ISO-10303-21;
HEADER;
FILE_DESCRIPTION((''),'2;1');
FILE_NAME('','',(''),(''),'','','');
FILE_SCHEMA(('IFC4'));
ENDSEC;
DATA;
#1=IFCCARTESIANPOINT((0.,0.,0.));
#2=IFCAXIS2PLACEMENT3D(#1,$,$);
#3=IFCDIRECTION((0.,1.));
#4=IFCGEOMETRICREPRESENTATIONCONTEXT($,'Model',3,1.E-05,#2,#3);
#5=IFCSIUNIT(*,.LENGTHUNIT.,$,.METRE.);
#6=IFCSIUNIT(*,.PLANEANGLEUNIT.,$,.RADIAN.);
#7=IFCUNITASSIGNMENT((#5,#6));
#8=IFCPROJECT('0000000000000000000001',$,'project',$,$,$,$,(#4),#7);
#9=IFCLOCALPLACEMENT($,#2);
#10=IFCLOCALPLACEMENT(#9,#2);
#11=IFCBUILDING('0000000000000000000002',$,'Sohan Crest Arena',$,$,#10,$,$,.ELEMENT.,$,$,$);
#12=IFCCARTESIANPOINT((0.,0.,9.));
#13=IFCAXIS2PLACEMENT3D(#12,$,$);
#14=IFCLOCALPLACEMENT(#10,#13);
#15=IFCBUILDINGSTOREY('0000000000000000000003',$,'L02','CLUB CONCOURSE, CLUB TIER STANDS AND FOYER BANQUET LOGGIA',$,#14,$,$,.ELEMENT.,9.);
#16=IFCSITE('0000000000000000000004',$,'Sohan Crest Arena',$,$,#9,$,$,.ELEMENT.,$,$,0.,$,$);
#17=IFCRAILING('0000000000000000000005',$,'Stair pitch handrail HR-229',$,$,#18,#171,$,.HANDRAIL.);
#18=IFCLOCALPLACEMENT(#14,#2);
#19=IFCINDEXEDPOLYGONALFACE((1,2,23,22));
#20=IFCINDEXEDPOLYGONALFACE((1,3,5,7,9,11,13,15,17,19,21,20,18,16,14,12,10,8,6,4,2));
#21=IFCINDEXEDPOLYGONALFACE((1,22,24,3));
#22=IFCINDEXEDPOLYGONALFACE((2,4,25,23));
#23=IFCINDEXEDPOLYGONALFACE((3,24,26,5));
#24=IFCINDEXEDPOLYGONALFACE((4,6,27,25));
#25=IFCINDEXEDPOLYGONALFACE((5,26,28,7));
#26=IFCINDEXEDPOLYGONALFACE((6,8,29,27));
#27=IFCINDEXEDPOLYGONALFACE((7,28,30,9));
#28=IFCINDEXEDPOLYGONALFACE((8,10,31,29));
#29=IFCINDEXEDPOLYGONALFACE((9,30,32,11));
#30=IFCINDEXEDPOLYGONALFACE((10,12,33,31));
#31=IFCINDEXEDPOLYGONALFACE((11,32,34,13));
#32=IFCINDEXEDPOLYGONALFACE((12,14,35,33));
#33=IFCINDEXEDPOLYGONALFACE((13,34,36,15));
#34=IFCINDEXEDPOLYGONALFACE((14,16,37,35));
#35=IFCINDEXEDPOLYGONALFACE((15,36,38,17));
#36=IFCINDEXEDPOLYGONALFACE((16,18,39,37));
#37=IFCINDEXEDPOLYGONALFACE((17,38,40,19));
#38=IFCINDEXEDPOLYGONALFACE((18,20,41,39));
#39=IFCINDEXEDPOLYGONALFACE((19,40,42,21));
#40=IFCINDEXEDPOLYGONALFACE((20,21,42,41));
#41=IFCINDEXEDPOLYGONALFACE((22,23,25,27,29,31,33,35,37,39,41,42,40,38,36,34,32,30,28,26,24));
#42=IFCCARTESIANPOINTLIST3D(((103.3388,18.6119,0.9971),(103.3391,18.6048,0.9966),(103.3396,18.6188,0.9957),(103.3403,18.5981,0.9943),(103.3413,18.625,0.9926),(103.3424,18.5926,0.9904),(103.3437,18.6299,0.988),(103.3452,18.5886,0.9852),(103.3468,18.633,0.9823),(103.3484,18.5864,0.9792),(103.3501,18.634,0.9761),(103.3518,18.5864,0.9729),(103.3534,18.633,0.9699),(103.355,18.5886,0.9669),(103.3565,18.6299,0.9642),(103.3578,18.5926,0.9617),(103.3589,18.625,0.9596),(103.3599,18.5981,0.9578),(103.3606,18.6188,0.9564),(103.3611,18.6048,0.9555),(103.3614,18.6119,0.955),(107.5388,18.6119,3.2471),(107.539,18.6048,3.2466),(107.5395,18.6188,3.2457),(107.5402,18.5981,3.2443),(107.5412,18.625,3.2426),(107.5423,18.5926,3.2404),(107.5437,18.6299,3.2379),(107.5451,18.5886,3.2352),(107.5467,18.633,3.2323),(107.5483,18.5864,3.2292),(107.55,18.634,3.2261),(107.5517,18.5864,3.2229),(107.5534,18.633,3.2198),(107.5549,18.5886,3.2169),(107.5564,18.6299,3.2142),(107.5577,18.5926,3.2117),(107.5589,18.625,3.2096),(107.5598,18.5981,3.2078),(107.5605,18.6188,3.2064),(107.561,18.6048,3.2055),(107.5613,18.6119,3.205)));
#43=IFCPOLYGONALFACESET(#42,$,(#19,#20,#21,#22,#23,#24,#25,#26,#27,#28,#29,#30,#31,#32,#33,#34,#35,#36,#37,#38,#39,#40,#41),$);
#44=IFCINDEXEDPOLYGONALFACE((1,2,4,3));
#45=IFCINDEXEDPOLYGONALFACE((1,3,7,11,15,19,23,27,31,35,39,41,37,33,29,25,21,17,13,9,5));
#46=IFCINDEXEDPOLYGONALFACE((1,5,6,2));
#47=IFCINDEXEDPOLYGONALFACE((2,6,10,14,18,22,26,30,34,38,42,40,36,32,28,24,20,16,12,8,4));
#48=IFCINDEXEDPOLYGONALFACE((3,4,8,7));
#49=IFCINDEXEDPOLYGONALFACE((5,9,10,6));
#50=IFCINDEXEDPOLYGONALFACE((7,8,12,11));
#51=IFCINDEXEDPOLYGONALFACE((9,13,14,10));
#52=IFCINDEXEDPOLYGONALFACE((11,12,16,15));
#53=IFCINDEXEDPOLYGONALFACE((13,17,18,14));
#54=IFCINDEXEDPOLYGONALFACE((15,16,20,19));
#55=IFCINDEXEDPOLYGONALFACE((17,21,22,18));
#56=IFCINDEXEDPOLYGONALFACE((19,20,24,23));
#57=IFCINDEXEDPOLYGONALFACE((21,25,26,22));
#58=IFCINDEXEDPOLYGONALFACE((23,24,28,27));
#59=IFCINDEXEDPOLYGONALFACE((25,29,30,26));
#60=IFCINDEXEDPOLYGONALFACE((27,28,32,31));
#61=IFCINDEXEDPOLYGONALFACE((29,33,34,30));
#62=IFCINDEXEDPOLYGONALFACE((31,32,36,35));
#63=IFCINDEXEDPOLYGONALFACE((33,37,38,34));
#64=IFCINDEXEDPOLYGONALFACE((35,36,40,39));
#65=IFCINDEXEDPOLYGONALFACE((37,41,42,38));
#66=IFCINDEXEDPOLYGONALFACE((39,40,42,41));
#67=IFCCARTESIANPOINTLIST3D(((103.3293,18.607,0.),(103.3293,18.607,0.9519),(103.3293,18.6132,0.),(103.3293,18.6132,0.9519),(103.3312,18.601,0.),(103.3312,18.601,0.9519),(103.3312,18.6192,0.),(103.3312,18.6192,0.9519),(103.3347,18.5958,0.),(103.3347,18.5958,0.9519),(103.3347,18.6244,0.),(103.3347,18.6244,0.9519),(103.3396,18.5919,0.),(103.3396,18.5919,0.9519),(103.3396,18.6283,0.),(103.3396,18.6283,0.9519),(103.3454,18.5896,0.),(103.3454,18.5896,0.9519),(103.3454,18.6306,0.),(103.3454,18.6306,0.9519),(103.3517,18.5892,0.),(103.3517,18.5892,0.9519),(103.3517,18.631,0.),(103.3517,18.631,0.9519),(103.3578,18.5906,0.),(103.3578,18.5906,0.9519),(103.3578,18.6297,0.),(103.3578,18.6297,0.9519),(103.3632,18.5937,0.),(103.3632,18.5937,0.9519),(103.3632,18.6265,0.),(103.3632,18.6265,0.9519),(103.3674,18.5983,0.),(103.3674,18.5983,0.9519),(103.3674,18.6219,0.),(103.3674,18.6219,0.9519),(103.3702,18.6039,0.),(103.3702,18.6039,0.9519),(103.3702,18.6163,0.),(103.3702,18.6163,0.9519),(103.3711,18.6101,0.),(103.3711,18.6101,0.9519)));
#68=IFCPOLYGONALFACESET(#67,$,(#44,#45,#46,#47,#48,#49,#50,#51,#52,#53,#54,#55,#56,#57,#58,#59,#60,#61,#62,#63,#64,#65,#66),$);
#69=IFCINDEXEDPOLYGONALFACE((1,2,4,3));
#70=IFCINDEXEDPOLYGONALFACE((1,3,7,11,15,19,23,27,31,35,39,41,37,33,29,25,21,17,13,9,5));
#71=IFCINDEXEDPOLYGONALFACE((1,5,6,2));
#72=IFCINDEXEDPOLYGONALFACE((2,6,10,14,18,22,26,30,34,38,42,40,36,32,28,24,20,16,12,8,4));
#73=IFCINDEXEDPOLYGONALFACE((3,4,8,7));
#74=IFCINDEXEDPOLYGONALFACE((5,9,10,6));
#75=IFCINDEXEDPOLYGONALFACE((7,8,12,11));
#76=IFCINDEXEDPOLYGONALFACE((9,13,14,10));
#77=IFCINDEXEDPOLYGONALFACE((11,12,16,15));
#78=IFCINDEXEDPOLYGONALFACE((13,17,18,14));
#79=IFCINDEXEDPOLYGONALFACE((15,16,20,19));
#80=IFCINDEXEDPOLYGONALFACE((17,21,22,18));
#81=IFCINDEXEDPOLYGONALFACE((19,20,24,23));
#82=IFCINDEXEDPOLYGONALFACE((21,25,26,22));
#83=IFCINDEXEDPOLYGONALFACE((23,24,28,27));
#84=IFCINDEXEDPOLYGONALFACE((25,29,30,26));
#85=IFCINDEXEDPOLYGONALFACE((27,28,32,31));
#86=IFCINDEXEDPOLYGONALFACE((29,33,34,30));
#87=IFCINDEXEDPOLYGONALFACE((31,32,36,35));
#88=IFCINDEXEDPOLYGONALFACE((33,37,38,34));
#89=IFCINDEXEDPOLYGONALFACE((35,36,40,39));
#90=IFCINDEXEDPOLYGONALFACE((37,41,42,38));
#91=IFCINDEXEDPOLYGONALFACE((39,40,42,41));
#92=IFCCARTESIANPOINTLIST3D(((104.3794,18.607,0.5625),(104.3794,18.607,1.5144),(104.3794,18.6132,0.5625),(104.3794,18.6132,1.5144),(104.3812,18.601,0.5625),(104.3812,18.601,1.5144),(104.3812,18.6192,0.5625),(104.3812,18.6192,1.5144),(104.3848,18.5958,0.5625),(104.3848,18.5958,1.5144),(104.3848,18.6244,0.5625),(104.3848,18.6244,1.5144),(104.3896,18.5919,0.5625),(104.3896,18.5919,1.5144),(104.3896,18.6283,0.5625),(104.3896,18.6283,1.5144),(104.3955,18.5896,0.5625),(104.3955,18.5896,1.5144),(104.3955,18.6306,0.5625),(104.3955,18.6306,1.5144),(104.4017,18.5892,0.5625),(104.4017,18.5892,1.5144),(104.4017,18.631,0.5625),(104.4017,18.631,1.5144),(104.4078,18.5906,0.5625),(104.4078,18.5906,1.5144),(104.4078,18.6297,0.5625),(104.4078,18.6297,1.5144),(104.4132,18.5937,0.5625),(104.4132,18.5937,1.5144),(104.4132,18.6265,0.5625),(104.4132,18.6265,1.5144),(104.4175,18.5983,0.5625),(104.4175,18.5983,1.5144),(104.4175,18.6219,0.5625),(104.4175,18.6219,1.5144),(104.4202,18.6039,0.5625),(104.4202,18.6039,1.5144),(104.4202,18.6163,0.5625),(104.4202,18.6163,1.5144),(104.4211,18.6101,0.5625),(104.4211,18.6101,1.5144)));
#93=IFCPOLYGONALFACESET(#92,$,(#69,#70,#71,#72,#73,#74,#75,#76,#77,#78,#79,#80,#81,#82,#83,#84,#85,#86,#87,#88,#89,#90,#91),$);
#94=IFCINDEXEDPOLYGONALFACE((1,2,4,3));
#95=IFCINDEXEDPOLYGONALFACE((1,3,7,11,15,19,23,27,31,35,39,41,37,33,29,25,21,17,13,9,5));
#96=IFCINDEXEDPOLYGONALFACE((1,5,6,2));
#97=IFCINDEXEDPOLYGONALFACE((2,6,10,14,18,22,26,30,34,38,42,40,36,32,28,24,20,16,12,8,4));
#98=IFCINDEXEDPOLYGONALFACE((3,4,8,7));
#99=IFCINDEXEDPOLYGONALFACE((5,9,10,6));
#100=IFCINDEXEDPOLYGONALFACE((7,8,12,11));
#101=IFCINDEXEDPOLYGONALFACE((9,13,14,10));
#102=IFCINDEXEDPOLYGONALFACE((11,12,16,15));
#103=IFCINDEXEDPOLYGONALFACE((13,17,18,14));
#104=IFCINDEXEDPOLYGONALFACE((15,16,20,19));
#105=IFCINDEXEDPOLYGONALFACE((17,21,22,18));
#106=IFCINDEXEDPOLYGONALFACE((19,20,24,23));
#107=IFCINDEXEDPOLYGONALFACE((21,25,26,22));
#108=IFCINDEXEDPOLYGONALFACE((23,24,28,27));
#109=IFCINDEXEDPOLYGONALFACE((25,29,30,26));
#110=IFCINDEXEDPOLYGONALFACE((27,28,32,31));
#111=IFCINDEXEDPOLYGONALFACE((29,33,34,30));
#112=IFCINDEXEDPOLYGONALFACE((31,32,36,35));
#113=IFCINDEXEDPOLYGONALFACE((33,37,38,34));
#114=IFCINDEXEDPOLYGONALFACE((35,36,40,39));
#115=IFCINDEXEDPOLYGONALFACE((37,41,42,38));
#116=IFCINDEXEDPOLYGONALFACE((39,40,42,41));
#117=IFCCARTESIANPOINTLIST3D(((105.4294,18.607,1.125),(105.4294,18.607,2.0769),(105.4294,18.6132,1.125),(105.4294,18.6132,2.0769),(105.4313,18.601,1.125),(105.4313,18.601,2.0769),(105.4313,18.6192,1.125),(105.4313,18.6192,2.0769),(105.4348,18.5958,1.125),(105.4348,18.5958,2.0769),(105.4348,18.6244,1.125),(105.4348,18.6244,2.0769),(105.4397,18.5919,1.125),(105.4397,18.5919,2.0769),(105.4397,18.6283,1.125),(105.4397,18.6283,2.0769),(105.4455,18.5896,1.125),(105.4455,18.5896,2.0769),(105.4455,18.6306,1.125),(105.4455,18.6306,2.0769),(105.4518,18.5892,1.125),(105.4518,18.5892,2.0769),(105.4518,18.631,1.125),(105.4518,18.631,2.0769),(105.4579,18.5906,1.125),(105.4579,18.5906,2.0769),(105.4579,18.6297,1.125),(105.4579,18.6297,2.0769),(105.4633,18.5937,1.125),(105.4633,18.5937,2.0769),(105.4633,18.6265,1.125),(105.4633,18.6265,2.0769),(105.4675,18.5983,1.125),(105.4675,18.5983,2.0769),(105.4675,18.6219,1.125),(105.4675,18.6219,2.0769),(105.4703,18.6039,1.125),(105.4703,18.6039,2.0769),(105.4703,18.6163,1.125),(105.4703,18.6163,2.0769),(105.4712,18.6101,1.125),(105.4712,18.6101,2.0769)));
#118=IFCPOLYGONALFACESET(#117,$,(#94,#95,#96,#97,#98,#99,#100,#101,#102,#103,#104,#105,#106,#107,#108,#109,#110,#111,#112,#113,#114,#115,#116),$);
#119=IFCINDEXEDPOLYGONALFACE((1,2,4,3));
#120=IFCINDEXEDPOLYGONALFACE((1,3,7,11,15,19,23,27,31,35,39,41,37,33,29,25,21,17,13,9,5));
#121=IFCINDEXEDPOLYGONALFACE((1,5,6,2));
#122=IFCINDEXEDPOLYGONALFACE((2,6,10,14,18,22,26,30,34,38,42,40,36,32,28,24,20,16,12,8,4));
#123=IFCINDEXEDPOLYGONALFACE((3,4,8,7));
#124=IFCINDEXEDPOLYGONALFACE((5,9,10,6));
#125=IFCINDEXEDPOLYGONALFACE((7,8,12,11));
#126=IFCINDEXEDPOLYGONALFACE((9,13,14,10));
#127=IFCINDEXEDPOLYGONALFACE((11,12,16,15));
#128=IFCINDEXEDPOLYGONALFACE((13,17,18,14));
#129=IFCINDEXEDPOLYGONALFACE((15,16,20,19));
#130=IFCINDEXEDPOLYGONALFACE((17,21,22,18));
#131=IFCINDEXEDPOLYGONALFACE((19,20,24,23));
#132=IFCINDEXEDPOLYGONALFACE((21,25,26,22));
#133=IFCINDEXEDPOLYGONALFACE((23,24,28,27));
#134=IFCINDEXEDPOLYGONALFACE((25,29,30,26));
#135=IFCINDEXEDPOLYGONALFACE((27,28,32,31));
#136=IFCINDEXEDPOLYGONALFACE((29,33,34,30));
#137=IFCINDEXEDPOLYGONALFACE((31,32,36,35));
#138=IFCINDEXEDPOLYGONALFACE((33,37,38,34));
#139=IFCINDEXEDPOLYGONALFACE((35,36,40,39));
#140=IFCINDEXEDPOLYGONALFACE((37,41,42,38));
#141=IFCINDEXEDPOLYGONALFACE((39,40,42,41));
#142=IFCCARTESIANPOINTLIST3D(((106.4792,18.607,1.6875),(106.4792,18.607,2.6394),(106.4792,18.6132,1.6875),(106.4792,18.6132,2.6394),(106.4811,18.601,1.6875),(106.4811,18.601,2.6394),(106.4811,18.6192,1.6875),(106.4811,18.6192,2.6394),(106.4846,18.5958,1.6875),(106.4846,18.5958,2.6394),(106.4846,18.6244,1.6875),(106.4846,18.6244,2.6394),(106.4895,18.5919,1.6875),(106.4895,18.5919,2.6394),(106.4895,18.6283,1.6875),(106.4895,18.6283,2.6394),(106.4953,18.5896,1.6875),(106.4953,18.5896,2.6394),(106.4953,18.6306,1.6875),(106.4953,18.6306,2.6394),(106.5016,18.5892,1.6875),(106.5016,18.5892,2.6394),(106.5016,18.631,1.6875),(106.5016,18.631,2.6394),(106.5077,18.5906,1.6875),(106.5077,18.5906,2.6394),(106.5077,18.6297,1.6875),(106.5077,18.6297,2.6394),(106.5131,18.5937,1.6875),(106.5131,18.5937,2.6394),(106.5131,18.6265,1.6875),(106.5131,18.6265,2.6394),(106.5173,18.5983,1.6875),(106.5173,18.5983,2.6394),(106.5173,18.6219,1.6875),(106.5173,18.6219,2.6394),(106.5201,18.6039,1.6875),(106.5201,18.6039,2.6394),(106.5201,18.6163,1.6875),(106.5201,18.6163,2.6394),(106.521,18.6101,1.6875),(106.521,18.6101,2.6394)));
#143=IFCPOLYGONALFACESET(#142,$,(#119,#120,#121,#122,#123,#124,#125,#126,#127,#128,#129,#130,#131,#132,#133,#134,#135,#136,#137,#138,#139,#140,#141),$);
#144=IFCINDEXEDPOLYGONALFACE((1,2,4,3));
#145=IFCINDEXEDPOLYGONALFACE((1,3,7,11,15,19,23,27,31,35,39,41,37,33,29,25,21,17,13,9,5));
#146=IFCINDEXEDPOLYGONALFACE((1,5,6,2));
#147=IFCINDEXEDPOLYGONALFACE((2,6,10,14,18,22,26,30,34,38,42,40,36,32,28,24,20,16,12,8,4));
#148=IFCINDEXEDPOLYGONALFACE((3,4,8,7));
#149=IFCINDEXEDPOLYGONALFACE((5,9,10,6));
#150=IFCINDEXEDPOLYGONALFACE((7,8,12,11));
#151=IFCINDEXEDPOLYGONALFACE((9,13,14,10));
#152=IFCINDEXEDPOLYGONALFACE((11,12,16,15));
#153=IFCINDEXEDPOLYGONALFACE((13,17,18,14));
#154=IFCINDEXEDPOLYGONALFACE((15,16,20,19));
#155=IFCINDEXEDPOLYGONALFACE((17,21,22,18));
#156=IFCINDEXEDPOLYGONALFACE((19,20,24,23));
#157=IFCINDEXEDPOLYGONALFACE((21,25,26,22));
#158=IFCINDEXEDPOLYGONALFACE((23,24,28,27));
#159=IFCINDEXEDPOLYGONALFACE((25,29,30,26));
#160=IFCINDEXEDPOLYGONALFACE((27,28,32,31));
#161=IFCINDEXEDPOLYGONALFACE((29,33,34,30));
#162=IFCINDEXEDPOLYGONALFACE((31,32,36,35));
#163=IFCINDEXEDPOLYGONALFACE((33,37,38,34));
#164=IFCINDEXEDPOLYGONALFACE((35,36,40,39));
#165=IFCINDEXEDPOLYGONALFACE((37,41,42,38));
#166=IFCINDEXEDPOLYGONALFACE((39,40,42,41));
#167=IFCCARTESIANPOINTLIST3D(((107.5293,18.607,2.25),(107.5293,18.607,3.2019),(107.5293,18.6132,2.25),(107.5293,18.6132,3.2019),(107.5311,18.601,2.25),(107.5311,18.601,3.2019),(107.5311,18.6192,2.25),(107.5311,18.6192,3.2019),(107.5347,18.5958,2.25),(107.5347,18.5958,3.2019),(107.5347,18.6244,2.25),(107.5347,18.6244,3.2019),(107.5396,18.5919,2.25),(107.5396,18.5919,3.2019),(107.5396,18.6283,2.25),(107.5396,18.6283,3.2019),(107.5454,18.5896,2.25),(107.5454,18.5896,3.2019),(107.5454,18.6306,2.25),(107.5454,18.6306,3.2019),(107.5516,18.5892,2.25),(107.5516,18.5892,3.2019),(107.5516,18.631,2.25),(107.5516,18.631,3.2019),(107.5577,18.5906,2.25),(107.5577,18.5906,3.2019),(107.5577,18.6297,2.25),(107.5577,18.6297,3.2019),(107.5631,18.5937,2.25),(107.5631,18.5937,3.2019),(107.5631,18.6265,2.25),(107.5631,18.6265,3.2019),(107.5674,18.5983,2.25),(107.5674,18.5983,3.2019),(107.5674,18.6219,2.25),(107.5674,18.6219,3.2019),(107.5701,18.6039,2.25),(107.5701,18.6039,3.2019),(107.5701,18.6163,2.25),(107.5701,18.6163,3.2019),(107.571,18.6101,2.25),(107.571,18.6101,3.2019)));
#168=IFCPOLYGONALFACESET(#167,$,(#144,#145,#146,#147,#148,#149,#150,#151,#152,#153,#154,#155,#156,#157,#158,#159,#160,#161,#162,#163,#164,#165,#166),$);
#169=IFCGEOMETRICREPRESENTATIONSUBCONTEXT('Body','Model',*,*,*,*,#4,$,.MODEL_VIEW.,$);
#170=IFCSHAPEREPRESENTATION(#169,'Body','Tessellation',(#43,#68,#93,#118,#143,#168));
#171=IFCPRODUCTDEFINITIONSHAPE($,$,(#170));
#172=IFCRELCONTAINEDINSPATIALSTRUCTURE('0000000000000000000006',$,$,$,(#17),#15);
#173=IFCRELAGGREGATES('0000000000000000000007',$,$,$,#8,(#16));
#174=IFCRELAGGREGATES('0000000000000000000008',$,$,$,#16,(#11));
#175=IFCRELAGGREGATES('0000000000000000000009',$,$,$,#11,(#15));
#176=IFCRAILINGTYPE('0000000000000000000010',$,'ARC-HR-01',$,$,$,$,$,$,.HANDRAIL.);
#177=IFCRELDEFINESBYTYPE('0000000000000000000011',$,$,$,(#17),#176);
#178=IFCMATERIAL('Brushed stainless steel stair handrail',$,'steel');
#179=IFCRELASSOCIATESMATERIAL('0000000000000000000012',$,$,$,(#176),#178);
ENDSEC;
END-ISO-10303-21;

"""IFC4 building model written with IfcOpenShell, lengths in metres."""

from ifc_helpers import new_model, si_unit, direction, frame, origin, origin_2d, place, context, subcontext, project, spatial, circle, extrude, material, type_object, element, save


model = new_model("IFC4")

# Units and contexts
model_context = context("Model", 3, precision=1e-05, world=origin(), true_north=direction((0.0, 1.0)))
body_context = subcontext(model_context, "Body", "Model", "MODEL_VIEW")
ifc_project = project(units=[si_unit("LENGTHUNIT", "METRE"), si_unit("PLANEANGLEUNIT", "RADIAN")], contexts=[model_context])

# Site, building, storey
site_placement = place(None, origin())
site = spatial("IfcSite", under=ifc_project, at=site_placement, Name="Sohan Crest Arena", CompositionType="ELEMENT", RefElevation=0.0)
building_placement = place(site_placement, origin())
building = spatial("IfcBuilding", under=site, at=building_placement, Name="Sohan Crest Arena", CompositionType="ELEMENT")
storey_placement = place(building_placement, frame((0.0, 0.0, 9.0)))
storey = spatial("IfcBuildingStorey", under=building, at=storey_placement, Name="L02", Description="CLUB CONCOURSE, CLUB TIER STANDS AND FOYER BANQUET LOGGIA", CompositionType="ELEMENT", Elevation=9.0)

# Railing
ifc_material_1 = material(Name="Brushed stainless steel stair handrail", Category="steel")
railing_type = type_object("IfcRailingType", Name="ARC-HR-01", PredefinedType="HANDRAIL", material=ifc_material_1)
for number, where, name in (
    (1, (103.3501, 18.6101, 0.0), "Stair pitch handrail HR-229"),
):
    element("IfcRailing", number, at=place(storey_placement, frame(where)), inside=storey, type_object=railing_type, Name=name, PredefinedType="HANDRAIL", context=body_context, shape_type="SweptSolid", body=[
        extrude(circle(Radius=0.0239, at=origin_2d()), frame((0.0, 0.0, 0.9761), z_axis=(0.881478, 0.0, 0.472226), x_axis=(0.0, 1.0, 0.0)), (0.0, 0.0, 1.0), 4.7646),
        extrude(circle(Radius=0.021, at=origin_2d()), origin(), (0.0, 0.0, 1.0), 0.9519),
        extrude(circle(Radius=0.021, at=origin_2d()), frame((1.05, 0.0, 0.5625)), (0.0, 0.0, 1.0), 0.9519),
        extrude(circle(Radius=0.021, at=origin_2d()), frame((2.1001, 0.0, 1.125)), (0.0, 0.0, 1.0), 0.9519),
        extrude(circle(Radius=0.021, at=origin_2d()), frame((3.1499, 0.0, 1.6875)), (0.0, 0.0, 1.0), 0.9519),
        extrude(circle(Radius=0.021, at=origin_2d()), frame((4.2, 0.0, 2.25)), (0.0, 0.0, 1.0), 0.9519),
    ])

save(model, "model.ifc")
